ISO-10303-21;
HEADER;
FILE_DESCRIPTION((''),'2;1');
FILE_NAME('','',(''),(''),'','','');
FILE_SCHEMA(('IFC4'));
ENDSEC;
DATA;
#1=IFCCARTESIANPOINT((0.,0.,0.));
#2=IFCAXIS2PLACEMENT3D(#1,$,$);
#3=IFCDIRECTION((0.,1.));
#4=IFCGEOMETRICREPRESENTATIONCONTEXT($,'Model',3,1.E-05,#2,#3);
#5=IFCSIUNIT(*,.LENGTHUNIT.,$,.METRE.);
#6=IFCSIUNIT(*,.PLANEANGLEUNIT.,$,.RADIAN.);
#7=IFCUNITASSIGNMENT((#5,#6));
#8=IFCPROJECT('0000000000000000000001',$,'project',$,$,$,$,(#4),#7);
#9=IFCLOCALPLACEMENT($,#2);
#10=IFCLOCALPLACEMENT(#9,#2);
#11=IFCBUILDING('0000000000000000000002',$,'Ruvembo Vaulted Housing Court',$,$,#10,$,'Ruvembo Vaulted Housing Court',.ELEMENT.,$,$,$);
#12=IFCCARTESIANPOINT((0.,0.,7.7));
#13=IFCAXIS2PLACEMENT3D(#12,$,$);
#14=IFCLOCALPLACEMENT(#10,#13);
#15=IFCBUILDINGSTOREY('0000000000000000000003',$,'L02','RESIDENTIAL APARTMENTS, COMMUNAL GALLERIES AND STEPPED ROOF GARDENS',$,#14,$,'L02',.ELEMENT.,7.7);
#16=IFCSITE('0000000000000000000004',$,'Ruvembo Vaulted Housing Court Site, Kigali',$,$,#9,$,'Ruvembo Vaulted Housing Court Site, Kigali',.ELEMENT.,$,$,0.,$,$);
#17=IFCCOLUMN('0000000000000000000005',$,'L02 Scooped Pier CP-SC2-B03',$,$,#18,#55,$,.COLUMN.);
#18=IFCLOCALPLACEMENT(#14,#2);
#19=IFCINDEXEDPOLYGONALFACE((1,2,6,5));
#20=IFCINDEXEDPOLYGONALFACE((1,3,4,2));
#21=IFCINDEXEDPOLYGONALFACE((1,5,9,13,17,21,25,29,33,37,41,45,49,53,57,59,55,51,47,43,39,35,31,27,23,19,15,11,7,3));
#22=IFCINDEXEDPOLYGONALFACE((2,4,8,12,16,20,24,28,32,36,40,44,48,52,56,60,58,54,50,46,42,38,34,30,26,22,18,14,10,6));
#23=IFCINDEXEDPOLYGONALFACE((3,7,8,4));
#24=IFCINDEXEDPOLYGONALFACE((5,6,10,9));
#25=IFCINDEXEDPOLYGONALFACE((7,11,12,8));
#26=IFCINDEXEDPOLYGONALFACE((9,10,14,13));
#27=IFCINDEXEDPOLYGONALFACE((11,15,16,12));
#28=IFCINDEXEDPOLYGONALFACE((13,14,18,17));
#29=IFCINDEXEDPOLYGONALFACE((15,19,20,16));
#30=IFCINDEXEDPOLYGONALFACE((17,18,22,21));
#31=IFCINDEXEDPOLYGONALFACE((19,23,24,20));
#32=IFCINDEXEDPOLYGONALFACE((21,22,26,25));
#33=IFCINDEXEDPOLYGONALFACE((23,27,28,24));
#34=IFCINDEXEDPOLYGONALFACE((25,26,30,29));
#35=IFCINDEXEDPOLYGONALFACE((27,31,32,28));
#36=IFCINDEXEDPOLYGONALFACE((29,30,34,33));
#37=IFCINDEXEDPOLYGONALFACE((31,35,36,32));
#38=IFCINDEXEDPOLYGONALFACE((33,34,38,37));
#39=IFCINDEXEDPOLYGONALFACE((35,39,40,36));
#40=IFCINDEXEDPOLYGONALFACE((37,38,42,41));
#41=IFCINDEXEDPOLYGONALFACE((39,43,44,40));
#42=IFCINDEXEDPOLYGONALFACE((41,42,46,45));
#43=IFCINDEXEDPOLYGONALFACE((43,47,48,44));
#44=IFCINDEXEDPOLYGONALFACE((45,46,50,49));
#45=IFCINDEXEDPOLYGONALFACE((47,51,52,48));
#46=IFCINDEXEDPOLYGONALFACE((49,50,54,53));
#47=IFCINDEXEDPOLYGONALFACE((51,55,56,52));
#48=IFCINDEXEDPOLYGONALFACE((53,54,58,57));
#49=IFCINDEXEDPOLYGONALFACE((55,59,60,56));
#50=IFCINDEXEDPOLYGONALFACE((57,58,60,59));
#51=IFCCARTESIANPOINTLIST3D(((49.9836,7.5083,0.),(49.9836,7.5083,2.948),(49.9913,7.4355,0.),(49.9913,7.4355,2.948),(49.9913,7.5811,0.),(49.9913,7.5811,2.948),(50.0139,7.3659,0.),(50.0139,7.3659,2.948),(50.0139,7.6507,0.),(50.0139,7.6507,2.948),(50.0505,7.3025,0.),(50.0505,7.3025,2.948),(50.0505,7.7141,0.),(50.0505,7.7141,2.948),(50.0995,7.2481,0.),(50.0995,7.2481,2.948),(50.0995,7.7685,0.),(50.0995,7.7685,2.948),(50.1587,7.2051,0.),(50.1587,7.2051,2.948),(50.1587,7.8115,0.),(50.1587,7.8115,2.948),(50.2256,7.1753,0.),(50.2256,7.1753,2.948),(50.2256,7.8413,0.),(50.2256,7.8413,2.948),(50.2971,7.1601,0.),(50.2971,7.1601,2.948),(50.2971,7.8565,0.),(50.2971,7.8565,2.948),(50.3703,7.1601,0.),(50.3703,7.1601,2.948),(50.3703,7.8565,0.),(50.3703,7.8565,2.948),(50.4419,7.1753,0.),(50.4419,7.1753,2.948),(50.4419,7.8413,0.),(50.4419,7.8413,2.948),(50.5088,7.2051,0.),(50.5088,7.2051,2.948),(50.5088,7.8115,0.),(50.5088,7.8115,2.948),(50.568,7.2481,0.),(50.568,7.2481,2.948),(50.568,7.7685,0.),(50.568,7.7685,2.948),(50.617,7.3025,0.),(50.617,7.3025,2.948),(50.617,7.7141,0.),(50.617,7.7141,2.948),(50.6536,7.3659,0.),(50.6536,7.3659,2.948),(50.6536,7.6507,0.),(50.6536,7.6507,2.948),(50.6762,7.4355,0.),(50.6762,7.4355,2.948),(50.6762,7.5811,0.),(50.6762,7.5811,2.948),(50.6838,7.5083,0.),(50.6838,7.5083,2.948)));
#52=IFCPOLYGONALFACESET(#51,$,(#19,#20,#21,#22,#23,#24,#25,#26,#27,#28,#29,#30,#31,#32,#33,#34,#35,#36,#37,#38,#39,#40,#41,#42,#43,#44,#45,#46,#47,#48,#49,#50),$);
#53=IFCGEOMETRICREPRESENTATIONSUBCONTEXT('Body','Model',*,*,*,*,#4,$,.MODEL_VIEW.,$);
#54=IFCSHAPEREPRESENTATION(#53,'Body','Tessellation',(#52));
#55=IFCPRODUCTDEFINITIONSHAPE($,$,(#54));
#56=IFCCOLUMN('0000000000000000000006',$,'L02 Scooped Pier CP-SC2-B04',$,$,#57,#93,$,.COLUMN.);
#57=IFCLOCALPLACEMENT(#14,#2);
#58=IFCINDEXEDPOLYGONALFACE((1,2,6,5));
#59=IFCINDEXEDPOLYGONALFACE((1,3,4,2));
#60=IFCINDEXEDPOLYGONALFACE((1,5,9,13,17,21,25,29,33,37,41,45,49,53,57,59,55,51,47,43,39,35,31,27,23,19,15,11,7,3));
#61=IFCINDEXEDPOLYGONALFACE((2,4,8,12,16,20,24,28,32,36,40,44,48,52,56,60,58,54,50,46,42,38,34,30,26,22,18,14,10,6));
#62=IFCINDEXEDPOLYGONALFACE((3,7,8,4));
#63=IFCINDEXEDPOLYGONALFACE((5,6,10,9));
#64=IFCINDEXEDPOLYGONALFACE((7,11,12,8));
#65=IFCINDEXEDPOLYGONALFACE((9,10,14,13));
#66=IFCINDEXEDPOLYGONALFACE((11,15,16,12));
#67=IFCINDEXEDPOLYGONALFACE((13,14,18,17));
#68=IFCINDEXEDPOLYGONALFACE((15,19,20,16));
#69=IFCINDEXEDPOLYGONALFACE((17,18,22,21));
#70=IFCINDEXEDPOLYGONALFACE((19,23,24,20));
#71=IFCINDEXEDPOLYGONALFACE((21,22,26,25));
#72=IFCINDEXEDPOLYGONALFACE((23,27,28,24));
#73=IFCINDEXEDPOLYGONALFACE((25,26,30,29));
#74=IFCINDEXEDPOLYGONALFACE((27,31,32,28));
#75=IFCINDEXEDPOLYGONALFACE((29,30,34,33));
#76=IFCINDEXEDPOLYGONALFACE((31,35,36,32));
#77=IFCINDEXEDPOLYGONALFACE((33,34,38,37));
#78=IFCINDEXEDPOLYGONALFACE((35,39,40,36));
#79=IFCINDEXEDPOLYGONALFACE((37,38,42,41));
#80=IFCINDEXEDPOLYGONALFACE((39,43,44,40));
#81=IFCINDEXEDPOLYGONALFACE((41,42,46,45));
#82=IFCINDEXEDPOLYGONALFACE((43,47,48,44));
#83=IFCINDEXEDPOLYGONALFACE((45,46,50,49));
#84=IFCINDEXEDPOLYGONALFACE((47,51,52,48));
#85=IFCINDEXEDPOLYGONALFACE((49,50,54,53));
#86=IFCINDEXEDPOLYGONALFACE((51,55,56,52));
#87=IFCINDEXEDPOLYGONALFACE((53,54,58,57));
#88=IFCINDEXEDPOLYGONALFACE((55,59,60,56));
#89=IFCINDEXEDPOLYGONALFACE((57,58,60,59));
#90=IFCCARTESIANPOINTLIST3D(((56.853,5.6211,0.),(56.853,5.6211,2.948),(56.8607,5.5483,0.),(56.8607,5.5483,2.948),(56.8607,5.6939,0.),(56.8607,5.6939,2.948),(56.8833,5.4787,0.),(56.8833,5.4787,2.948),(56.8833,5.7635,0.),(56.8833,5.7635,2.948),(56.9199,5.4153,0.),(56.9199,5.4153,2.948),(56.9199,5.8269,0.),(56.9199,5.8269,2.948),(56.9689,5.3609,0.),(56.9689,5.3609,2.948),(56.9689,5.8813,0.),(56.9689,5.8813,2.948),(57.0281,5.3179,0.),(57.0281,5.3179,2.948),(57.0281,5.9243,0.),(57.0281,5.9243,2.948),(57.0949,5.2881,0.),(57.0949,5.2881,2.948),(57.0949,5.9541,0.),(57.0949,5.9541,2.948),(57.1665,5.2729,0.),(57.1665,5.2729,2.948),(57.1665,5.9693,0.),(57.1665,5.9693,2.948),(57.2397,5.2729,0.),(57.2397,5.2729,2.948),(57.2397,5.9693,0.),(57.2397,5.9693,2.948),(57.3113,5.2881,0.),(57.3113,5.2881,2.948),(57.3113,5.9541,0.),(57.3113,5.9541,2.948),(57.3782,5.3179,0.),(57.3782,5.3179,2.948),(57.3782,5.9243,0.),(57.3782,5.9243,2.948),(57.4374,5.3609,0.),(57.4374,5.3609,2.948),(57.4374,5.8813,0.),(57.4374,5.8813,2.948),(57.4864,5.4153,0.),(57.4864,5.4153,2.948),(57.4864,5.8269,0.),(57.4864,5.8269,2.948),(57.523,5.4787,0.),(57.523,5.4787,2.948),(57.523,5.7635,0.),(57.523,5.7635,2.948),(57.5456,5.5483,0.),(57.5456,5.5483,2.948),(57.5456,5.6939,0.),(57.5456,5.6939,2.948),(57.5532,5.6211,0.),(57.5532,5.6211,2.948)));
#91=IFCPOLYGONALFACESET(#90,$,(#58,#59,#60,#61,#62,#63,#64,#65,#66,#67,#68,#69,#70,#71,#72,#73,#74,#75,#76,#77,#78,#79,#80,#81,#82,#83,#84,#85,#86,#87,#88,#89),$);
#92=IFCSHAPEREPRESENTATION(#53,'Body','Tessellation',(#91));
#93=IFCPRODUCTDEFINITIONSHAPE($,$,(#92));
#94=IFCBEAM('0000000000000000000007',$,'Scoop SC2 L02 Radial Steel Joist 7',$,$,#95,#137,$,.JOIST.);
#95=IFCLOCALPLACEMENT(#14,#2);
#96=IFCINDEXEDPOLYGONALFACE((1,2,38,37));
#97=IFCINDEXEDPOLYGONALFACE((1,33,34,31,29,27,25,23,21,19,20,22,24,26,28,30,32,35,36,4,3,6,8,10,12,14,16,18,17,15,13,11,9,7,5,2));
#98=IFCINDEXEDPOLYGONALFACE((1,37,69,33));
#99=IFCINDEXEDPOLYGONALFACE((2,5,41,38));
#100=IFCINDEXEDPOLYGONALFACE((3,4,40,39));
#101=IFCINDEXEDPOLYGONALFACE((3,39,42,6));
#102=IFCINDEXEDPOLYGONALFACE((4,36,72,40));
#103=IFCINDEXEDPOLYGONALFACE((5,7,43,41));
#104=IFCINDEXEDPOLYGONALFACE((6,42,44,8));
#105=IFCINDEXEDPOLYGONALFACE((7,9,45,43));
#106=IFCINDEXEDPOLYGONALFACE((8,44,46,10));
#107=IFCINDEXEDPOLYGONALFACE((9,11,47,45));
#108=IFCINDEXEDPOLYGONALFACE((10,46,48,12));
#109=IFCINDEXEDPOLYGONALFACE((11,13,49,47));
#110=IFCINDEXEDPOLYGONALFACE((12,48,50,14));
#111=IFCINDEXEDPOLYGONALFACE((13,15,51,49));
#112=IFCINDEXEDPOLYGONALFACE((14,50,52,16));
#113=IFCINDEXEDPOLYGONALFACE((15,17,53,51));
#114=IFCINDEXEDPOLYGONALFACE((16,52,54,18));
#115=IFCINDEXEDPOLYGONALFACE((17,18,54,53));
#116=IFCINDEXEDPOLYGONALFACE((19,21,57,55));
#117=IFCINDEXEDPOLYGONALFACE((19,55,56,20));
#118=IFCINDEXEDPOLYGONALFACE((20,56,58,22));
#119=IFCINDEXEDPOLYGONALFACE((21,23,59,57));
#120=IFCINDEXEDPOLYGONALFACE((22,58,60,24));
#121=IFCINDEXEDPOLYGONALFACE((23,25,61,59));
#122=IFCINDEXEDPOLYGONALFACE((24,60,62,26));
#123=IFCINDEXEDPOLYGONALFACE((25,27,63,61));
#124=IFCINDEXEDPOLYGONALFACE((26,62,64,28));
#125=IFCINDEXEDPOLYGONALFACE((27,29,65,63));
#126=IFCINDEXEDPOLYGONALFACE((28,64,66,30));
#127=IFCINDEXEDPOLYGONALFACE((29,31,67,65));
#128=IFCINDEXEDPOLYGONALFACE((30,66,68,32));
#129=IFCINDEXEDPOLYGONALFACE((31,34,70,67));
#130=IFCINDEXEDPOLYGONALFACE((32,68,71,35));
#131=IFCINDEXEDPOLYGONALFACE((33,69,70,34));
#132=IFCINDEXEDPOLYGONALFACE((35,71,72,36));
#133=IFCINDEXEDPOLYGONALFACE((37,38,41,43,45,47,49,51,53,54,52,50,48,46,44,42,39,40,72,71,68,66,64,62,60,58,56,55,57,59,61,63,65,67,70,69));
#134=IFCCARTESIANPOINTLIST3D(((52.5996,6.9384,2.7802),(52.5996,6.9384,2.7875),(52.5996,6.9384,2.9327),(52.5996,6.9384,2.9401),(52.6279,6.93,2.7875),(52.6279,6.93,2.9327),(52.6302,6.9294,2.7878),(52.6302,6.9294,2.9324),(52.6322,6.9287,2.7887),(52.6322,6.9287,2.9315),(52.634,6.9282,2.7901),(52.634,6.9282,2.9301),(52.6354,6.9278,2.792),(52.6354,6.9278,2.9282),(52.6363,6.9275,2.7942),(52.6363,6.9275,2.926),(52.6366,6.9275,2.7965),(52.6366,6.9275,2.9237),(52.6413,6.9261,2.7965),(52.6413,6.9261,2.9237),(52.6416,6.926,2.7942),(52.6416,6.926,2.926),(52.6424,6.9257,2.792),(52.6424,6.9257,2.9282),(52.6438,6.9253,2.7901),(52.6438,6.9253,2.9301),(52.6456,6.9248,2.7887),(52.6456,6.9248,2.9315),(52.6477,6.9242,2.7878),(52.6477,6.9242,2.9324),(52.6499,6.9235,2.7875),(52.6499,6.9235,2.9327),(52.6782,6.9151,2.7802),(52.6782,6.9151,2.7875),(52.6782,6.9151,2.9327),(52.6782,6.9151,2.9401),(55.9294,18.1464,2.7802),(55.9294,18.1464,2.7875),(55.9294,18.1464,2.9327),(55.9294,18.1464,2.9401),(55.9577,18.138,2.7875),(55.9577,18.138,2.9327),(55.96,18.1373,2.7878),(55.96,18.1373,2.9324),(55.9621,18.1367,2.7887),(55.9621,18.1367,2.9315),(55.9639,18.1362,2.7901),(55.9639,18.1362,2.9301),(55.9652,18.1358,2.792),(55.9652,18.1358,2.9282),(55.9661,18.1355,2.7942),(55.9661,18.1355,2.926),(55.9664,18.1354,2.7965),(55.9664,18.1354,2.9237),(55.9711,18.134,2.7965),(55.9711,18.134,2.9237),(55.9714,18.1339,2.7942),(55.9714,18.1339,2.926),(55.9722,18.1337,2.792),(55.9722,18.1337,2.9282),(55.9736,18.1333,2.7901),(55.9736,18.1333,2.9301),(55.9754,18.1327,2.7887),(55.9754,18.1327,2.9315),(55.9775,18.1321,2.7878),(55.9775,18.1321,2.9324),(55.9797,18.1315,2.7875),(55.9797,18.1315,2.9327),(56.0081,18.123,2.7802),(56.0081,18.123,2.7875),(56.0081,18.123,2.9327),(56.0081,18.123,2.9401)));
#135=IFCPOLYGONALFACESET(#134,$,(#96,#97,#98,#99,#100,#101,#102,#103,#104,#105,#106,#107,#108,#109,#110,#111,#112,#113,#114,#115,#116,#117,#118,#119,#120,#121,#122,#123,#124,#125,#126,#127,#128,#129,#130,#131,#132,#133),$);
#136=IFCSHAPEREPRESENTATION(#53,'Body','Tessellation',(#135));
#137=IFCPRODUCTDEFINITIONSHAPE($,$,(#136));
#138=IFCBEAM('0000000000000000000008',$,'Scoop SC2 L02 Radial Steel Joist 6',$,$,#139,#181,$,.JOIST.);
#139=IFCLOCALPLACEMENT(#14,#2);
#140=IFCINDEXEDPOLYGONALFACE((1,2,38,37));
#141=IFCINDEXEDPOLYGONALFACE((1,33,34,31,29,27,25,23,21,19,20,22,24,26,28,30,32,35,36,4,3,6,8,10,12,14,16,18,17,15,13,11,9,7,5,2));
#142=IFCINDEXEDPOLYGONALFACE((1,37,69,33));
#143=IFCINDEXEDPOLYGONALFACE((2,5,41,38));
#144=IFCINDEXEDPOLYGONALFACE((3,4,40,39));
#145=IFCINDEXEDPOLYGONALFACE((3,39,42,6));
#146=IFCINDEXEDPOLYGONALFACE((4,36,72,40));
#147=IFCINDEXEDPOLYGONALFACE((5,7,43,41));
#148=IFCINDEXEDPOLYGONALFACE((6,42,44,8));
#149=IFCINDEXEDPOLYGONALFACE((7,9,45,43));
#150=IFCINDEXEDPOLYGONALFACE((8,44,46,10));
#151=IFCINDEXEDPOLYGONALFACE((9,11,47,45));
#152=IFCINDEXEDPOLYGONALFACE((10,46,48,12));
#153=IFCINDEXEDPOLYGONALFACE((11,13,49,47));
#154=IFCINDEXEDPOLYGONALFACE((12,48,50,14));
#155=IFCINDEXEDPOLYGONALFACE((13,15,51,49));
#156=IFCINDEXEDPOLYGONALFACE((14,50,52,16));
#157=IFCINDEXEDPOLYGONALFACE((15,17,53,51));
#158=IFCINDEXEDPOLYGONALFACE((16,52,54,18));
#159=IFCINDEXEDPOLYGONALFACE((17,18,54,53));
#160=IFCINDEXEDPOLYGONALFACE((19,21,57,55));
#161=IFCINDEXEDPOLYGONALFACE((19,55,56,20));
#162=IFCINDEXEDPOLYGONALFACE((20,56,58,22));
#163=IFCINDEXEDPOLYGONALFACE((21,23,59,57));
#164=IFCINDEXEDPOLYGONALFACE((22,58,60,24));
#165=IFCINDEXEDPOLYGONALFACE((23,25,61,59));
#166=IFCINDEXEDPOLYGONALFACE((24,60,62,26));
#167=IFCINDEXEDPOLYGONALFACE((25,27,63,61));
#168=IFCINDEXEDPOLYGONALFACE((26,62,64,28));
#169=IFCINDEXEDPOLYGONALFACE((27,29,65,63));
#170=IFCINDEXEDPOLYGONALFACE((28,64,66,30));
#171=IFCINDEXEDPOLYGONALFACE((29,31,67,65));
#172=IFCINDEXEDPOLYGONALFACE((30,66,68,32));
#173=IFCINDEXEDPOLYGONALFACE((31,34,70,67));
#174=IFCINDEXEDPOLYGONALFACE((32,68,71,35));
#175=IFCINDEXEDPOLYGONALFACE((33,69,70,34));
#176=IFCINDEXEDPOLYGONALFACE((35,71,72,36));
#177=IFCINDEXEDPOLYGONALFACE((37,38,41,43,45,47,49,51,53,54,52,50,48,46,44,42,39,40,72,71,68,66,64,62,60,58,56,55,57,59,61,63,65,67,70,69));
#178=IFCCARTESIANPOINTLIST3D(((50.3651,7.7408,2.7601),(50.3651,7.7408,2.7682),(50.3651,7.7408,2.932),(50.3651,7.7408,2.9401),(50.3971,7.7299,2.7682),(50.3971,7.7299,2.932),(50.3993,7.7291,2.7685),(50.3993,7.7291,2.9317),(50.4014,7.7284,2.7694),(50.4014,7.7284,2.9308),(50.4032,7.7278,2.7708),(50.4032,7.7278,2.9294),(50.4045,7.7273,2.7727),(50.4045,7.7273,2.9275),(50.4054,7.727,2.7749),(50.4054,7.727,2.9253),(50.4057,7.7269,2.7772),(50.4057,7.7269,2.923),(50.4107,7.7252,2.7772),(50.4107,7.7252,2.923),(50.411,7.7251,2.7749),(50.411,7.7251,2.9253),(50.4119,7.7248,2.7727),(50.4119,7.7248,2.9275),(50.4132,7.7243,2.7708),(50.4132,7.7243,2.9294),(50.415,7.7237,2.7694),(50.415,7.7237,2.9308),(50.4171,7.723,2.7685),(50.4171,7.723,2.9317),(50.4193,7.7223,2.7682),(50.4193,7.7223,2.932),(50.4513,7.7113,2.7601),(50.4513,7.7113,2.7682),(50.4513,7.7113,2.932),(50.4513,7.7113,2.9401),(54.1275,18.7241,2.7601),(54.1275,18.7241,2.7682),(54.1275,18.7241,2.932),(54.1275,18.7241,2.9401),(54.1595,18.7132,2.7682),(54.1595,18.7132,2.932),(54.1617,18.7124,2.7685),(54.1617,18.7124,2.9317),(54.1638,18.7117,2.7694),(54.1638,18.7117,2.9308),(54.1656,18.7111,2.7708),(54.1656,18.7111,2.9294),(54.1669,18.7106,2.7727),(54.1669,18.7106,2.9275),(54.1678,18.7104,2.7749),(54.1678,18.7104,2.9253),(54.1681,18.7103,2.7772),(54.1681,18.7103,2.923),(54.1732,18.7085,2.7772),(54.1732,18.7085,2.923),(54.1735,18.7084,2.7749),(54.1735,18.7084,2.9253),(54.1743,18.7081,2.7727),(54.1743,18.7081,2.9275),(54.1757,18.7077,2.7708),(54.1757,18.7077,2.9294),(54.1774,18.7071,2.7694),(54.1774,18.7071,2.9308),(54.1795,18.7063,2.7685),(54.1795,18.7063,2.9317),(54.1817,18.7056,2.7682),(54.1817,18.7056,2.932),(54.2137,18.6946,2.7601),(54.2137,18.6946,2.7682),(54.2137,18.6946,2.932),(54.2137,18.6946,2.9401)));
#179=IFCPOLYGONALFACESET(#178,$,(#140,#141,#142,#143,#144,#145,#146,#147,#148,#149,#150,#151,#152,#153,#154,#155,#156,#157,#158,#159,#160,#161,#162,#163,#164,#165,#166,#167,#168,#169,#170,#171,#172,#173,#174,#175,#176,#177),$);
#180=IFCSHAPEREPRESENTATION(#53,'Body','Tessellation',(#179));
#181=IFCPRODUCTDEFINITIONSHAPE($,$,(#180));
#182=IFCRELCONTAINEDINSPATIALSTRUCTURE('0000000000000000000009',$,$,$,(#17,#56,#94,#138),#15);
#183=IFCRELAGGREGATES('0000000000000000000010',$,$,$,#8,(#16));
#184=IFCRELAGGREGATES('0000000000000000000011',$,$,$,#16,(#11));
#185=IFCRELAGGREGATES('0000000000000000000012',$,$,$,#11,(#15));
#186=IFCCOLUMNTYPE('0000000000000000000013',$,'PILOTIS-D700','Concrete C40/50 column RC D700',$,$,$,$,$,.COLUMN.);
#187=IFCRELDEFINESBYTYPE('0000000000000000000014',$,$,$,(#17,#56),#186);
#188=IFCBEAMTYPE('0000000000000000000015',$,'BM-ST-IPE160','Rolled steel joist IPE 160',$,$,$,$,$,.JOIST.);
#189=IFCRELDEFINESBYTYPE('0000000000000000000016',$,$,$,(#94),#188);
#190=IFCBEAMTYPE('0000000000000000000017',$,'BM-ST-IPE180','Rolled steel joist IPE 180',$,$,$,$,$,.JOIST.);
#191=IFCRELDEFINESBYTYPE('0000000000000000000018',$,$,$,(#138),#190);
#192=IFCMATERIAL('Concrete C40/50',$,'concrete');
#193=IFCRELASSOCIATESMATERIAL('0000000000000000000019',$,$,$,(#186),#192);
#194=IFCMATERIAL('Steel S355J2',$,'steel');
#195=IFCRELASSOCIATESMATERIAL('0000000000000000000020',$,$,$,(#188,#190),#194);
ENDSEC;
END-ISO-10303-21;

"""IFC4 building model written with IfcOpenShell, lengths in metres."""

from ifc_helpers import new_model, si_unit, direction, frame, origin, origin_2d, place, context, subcontext, project, spatial, circle, i_section, extrude, material, material_profile, profile_set, type_object, element, save


model = new_model("IFC4")

# Units and contexts
model_context = context("Model", 3, precision=1e-05, world=origin(), true_north=direction((0.0, 1.0)))
body_context = subcontext(model_context, "Body", "Model", "MODEL_VIEW")
ifc_project = project(units=[si_unit("LENGTHUNIT", "METRE"), si_unit("PLANEANGLEUNIT", "RADIAN")], contexts=[model_context])

# Site, building, storey
site_placement = place(None, origin())
site = spatial("IfcSite", under=ifc_project, at=site_placement, Name="Ruvembo Vaulted Housing Court Site, Kigali", LongName="Ruvembo Vaulted Housing Court Site, Kigali", CompositionType="ELEMENT", RefElevation=0.0)
building_placement = place(site_placement, origin())
building = spatial("IfcBuilding", under=site, at=building_placement, Name="Ruvembo Vaulted Housing Court", LongName="Ruvembo Vaulted Housing Court", CompositionType="ELEMENT")
storey_placement = place(building_placement, frame((0.0, 0.0, 7.7)))
storey = spatial("IfcBuildingStorey", under=building, at=storey_placement, Name="L02", Description="RESIDENTIAL APARTMENTS, COMMUNAL GALLERIES AND STEPPED ROOF GARDENS", LongName="L02", CompositionType="ELEMENT", Elevation=7.7)

# Columns
ifc_material_1 = material(Name="Concrete C40/50", Category="concrete")
ifc_material_profile_1 = material_profile(ifc_material_1, circle(Radius=0.3501, at=origin_2d()), Name="RC D700")
ifc_profile_set_1 = profile_set([ifc_material_profile_1], Name="Concrete C40/50")
column_type = type_object("IfcColumnType", Name="PILOTIS-D700", Description="Concrete C40/50 column RC D700", PredefinedType="COLUMN", material=ifc_profile_set_1)
for number, where, z_axis, x_axis, name in (
    (1, (50.3337, 7.5083, 0.0), (0.0, 0.0, 1.0), (1.0, 0.0, 0.0), "L02 Scooped Pier CP-SC2-B03"),
    (2, (57.2031, 5.6211, 0.0), (0.0, 0.0, 1.0), (1.0, 0.0, 0.0), "L02 Scooped Pier CP-SC2-B04"),
):
    element("IfcColumn", number, at=place(storey_placement, frame(where, z_axis=z_axis, x_axis=x_axis)), inside=storey, type_object=column_type, Name=name, PredefinedType="COLUMN", context=body_context, shape_type="SweptSolid", body=[
        extrude(circle(Radius=0.3501, at=origin_2d()), origin(), (0.0, 0.0, 1.0), 2.948),
    ])

# Beams
ifc_material_2 = material(Name="Steel S355J2", Category="steel")
ifc_material_profile_2 = material_profile(ifc_material_2, i_section(OverallWidth=0.082, OverallDepth=0.1599, WebThickness=0.0049, FlangeThickness=0.0073, FilletRadius=0.009, at=origin_2d()), Name="IPE 160")
ifc_profile_set_2 = profile_set([ifc_material_profile_2], Name="Steel S355J2")
beam_type_1 = type_object("IfcBeamType", Name="BM-ST-IPE160", Description="Rolled steel joist IPE 160", PredefinedType="JOIST", material=ifc_profile_set_2)
beam_1_placement = place(storey_placement, frame((52.6389, 6.9268, 2.8601), z_axis=(0.284791, 0.95859, 0.0), x_axis=(-0.95859, 0.284791, 0.0)))
element("IfcBeam", 3, at=beam_1_placement, inside=storey, type_object=beam_type_1, Name="Scoop SC2 L02 Radial Steel Joist 7", PredefinedType="JOIST", context=body_context, shape_type="SweptSolid", body=[
    extrude(i_section(OverallWidth=0.082, OverallDepth=0.1599, WebThickness=0.0049, FlangeThickness=0.0073, FilletRadius=0.009, at=origin_2d()), origin(), (0.0, 0.0, 1.0), 11.6921),
])
ifc_material_profile_3 = material_profile(ifc_material_2, i_section(OverallWidth=0.0911, OverallDepth=0.1799, WebThickness=0.0054, FlangeThickness=0.0081, FilletRadius=0.009, at=origin_2d()), Name="IPE 180")
ifc_profile_set_3 = profile_set([ifc_material_profile_3], Name="Steel S355J2")
beam_type_2 = type_object("IfcBeamType", Name="BM-ST-IPE180", Description="Rolled steel joist IPE 180", PredefinedType="JOIST", material=ifc_profile_set_3)
for number, where, z_axis, x_axis, name in (
    (4, (50.4082, 7.7261, 2.8501), (0.324071, 0.946033, 0.0), (-0.946033, 0.324071, 0.0), "Scoop SC2 L02 Radial Steel Joist 6"),
):
    element("IfcBeam", number, at=place(storey_placement, frame(where, z_axis=z_axis, x_axis=x_axis)), inside=storey, type_object=beam_type_2, Name=name, PredefinedType="JOIST", context=body_context, shape_type="SweptSolid", body=[
        extrude(i_section(OverallWidth=0.0911, OverallDepth=0.1799, WebThickness=0.0054, FlangeThickness=0.0081, FilletRadius=0.009, at=origin_2d()), origin(), (0.0, 0.0, 1.0), 11.6099),
    ])

save(model, "model.ifc")
